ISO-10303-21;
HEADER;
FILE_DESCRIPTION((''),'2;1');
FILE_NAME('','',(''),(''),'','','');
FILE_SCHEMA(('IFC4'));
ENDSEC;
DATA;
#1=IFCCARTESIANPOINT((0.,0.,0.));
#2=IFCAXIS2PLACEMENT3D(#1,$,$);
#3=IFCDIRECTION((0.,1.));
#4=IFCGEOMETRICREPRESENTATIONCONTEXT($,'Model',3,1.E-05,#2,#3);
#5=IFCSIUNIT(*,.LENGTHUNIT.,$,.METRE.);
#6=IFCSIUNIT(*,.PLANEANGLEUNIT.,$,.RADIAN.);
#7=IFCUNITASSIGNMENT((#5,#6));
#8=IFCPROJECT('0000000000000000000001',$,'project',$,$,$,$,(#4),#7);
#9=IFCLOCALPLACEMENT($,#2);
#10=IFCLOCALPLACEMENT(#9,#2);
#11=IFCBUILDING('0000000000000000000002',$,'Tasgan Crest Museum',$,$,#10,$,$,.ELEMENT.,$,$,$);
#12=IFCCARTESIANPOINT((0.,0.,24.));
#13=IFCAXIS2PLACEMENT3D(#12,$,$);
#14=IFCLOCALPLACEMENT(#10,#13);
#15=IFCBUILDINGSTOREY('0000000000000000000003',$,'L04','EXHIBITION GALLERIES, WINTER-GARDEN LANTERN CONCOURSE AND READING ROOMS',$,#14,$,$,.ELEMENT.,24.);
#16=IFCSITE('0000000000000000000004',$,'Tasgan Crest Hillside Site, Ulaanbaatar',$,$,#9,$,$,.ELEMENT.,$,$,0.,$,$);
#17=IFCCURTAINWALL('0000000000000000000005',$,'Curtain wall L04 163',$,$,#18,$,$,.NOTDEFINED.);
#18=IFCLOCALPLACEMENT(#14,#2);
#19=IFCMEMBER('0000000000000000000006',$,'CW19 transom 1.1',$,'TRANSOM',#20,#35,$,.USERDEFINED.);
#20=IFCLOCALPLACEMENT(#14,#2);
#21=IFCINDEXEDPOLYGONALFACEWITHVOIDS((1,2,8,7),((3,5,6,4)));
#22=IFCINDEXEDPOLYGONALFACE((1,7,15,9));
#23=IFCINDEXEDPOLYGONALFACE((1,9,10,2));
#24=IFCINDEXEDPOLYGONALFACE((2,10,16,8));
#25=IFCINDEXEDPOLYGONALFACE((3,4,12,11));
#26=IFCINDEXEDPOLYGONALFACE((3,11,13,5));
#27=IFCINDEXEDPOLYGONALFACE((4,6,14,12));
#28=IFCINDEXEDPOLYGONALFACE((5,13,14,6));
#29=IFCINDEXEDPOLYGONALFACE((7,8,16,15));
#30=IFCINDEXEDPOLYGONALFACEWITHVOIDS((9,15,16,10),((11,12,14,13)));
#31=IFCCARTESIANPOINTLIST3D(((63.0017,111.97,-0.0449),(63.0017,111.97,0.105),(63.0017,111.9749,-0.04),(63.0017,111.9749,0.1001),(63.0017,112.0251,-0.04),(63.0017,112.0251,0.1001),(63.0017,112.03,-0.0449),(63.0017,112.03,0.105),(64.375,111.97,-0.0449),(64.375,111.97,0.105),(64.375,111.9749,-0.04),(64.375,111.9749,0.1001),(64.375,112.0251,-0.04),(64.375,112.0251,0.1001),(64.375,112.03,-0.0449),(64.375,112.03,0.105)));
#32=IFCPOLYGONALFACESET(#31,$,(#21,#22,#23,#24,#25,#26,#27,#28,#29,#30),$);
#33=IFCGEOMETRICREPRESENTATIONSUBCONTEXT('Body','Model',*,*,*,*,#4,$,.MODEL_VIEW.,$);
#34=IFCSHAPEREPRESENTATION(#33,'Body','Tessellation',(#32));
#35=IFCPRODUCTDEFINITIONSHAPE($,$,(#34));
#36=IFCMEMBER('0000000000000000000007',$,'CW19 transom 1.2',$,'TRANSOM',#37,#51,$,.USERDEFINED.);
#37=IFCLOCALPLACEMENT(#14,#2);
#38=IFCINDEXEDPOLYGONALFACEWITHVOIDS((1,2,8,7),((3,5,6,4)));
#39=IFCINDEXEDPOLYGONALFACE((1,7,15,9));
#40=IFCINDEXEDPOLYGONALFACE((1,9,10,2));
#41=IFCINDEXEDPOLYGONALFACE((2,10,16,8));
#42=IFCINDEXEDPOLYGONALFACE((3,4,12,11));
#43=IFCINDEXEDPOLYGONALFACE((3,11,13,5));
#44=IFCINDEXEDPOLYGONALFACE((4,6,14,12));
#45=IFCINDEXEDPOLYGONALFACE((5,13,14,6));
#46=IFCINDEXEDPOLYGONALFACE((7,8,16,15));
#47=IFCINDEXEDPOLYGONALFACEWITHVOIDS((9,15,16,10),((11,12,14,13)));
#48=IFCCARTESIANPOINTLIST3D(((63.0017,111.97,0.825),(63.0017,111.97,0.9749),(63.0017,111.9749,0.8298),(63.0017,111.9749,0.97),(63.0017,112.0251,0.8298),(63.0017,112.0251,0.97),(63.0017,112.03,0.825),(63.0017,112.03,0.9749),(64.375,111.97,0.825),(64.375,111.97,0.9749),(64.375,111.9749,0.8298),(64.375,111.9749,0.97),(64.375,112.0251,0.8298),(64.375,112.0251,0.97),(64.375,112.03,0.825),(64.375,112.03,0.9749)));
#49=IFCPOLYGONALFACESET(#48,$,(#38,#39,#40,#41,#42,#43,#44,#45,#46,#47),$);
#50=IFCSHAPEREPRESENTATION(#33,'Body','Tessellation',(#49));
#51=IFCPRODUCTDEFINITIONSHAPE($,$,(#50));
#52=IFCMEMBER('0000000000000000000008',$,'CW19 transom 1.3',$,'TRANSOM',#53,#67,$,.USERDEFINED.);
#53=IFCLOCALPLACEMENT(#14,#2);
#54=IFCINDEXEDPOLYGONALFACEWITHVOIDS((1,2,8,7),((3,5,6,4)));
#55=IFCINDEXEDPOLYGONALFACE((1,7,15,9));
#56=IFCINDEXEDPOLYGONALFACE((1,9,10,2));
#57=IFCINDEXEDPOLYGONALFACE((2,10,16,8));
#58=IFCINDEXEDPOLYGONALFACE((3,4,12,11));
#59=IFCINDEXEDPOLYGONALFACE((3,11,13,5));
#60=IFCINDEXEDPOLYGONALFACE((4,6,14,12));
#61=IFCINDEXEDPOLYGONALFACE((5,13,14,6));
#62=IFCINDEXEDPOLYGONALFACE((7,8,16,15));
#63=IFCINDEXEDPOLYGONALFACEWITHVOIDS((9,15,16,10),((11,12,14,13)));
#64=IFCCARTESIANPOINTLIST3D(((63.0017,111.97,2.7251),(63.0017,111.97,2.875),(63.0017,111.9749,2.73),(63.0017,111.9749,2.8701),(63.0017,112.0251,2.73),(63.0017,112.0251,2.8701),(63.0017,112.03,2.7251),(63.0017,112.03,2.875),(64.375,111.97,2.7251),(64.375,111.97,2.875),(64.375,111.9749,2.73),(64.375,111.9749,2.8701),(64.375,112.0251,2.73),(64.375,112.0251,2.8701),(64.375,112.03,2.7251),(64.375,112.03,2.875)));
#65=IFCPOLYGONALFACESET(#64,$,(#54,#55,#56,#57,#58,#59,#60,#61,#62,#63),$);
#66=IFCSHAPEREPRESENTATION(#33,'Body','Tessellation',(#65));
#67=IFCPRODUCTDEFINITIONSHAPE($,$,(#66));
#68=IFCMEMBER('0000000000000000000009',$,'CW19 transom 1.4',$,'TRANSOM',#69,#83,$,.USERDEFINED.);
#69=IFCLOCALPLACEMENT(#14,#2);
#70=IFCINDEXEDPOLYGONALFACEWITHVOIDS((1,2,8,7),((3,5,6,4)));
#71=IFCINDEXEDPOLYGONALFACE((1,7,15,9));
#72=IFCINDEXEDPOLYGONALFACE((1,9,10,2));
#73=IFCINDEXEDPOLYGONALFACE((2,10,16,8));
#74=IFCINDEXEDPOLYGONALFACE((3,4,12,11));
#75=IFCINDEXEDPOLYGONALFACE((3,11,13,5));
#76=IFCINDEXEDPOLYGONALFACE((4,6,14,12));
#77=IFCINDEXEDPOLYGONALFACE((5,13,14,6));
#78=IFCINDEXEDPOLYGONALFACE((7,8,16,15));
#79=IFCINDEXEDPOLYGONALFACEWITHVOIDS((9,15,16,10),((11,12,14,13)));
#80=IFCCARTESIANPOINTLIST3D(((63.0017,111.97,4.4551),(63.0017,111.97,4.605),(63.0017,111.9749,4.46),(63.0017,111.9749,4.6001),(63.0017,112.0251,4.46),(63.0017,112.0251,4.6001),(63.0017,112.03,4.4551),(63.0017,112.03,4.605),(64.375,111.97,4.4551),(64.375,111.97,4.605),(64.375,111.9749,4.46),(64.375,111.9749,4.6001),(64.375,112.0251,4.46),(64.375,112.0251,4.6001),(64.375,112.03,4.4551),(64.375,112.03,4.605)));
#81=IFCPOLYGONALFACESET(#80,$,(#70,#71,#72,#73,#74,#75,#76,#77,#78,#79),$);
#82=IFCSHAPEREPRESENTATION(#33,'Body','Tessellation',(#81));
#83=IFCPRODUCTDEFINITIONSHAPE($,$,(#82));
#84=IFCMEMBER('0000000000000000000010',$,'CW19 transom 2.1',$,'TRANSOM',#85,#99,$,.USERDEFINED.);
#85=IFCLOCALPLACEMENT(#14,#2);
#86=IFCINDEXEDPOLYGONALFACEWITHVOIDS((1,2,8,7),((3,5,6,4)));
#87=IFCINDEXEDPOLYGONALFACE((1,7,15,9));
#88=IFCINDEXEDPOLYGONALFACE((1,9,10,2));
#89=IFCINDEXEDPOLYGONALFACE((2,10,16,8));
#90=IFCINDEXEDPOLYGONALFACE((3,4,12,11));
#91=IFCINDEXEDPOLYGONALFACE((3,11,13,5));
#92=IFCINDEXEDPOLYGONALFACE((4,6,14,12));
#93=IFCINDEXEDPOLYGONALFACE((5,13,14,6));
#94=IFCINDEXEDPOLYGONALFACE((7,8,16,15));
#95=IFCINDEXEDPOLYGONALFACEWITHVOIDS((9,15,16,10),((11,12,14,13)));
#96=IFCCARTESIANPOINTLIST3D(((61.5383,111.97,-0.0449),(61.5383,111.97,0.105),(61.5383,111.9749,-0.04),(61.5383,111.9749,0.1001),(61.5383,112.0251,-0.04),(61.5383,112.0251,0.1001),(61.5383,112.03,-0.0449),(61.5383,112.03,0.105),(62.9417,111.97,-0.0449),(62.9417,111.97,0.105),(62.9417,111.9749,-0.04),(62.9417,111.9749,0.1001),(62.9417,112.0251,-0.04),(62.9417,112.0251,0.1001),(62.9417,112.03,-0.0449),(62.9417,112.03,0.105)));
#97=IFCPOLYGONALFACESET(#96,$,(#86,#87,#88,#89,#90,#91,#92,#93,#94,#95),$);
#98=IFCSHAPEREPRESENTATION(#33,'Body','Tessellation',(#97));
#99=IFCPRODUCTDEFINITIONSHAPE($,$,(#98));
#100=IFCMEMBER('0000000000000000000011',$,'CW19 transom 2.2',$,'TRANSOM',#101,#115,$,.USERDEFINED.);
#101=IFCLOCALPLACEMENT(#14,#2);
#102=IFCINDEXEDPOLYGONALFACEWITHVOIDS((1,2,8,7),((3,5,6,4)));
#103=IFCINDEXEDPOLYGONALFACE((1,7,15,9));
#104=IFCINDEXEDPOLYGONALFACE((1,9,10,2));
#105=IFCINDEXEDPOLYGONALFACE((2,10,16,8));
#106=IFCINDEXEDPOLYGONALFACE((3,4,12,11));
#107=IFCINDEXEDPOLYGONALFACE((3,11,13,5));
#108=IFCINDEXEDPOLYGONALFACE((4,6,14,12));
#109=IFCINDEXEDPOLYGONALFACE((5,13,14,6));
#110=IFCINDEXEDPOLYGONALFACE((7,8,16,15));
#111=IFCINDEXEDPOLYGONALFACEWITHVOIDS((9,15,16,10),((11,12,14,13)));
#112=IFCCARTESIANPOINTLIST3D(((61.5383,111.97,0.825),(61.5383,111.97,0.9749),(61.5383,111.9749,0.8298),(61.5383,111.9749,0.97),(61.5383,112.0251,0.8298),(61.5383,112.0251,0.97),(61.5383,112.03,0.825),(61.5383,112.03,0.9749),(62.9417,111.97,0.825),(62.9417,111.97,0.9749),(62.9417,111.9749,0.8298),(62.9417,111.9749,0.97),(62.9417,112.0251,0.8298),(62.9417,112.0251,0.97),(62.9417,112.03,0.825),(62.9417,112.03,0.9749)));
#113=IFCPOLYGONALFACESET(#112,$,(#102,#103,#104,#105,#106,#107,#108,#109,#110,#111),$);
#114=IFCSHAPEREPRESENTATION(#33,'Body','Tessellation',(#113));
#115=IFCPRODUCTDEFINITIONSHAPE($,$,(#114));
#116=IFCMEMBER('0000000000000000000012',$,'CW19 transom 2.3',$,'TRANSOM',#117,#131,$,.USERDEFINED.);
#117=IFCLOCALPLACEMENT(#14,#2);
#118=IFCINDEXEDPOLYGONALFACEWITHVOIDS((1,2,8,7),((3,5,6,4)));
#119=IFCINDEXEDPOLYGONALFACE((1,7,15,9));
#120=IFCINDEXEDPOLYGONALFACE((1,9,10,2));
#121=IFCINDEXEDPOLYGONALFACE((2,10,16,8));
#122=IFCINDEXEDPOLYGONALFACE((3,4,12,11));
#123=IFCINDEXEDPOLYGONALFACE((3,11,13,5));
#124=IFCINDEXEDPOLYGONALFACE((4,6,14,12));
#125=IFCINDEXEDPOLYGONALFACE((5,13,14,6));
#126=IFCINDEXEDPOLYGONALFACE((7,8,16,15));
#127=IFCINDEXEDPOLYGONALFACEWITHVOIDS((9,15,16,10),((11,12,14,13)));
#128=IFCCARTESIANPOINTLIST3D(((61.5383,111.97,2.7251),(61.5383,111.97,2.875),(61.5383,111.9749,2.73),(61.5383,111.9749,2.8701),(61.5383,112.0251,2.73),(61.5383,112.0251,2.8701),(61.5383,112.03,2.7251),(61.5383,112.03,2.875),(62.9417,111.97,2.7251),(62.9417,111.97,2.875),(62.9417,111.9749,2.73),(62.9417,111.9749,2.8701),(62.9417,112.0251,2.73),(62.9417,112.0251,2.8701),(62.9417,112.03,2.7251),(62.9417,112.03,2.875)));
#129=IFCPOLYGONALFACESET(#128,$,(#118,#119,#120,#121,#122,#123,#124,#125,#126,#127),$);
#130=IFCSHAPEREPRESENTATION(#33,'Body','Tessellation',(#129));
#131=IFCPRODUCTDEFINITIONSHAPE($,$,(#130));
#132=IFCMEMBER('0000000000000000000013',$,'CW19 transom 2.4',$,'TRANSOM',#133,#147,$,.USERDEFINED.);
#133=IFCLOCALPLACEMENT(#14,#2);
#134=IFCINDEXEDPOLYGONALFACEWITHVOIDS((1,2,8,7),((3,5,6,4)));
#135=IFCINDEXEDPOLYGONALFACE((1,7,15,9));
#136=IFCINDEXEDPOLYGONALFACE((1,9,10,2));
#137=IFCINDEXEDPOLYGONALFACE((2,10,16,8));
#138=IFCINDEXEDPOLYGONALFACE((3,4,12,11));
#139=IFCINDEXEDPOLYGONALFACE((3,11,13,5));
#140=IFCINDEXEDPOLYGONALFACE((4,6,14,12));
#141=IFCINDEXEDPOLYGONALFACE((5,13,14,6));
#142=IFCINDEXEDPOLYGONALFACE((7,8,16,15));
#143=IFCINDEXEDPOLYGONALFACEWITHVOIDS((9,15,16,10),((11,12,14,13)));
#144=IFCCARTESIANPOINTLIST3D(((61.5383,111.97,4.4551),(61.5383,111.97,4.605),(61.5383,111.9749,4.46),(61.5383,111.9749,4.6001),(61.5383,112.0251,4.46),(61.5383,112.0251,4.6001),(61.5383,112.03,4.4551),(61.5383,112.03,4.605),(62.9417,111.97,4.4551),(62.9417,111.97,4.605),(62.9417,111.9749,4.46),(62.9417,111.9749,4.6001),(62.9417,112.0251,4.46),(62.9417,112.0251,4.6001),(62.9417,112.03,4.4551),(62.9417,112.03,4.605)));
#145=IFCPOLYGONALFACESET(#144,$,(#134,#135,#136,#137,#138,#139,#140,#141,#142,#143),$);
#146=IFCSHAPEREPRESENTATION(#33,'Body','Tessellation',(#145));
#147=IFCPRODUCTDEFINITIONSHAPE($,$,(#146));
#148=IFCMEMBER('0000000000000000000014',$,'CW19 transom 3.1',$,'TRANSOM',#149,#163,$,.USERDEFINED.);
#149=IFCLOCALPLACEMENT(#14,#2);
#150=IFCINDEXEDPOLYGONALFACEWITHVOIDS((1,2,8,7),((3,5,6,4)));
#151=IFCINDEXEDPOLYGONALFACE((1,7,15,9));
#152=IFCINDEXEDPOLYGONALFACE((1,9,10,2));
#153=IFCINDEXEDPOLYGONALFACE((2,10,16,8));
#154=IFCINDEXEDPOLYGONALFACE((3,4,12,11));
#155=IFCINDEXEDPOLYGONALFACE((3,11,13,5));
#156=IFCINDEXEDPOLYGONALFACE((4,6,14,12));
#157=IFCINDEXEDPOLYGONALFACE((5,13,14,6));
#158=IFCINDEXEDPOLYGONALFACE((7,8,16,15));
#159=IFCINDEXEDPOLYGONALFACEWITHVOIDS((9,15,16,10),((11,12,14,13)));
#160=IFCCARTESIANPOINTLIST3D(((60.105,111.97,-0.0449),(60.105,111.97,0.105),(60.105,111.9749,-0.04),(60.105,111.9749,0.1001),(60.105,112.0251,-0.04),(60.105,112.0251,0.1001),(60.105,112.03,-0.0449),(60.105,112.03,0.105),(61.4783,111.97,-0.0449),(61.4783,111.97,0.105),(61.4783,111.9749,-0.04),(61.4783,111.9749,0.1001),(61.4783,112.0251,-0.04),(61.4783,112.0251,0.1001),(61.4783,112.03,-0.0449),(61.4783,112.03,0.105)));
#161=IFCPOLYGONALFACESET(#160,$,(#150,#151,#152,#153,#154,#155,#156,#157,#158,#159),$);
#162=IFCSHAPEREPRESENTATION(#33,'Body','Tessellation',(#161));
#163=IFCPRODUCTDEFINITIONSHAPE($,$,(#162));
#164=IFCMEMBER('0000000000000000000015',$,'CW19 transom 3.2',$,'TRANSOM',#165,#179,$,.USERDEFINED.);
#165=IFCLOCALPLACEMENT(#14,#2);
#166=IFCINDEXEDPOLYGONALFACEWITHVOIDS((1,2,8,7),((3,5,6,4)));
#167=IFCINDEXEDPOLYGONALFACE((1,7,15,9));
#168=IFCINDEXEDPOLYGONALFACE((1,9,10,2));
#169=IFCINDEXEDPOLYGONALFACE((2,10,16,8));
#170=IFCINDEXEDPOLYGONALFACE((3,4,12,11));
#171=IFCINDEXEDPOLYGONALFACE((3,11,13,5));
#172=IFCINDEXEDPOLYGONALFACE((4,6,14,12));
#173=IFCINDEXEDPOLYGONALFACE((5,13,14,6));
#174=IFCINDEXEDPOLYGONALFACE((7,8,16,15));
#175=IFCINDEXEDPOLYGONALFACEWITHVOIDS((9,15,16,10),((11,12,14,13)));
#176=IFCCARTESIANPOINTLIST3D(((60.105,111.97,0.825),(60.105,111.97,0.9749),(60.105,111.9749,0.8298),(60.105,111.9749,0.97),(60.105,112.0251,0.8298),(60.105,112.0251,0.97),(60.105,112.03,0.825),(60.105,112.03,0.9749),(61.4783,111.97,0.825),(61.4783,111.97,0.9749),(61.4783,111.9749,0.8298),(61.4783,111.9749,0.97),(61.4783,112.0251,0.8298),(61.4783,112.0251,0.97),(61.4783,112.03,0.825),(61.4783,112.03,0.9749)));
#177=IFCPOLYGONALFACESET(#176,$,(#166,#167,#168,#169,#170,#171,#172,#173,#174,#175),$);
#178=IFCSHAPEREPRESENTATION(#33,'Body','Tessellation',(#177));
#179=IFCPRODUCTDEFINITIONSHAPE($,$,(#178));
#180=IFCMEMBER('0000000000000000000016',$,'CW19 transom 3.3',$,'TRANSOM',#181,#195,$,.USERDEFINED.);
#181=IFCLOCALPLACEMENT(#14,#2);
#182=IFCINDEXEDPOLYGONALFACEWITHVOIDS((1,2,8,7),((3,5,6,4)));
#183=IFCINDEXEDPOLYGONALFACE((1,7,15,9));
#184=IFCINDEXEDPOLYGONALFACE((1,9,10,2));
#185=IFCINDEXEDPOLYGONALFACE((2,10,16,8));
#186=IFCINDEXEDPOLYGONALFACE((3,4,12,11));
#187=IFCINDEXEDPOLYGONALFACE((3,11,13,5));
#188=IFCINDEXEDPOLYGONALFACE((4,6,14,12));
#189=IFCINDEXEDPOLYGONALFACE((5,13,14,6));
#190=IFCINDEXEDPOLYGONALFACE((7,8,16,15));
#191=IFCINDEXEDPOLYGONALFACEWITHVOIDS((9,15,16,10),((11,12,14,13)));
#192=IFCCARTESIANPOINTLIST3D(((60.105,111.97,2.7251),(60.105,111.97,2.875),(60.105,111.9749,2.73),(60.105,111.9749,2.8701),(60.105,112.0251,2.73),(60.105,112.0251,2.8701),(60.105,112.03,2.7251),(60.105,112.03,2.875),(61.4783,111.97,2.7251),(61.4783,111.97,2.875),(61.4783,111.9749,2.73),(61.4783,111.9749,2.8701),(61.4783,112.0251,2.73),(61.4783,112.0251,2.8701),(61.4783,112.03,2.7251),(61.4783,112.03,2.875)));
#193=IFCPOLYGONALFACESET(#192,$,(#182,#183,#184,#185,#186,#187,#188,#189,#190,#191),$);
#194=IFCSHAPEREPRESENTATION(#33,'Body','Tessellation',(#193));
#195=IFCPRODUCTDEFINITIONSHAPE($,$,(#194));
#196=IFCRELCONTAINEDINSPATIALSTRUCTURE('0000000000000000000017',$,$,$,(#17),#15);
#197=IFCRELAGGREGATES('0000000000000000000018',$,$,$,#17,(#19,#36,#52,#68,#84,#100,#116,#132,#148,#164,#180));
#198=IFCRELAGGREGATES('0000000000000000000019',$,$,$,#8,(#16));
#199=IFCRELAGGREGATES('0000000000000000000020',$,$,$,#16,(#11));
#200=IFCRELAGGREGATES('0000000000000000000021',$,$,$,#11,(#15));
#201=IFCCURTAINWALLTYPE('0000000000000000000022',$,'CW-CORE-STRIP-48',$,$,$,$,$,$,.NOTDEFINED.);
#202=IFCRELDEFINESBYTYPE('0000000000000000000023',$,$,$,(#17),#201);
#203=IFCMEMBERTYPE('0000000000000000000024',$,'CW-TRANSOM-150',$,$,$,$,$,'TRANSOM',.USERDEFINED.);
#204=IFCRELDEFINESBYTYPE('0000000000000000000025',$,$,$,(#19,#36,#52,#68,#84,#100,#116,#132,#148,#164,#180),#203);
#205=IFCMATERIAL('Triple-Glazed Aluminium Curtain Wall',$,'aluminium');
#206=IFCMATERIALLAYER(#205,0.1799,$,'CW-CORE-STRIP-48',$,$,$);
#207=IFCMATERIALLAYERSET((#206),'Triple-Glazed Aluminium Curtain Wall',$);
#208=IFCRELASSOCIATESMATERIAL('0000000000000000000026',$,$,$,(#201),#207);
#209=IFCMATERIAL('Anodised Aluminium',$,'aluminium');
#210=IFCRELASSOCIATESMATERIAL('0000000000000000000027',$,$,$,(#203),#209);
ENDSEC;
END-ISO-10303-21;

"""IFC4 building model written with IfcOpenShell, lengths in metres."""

from ifc_helpers import new_model, si_unit, direction, frame, origin, origin_2d, place, context, subcontext, project, spatial, hollow_rectangle, extrude, material, layer, layer_set, material_profile, profile_set, type_object, element, aggregate, save


model = new_model("IFC4")

# Units and contexts
model_context = context("Model", 3, precision=1e-05, world=origin(), true_north=direction((0.0, 1.0)))
body_context = subcontext(model_context, "Body", "Model", "MODEL_VIEW")
ifc_project = project(units=[si_unit("LENGTHUNIT", "METRE"), si_unit("PLANEANGLEUNIT", "RADIAN")], contexts=[model_context])

# Site, building, storey
site_placement = place(None, origin())
site = spatial("IfcSite", under=ifc_project, at=site_placement, Name="Tasgan Crest Hillside Site, Ulaanbaatar", CompositionType="ELEMENT", RefElevation=0.0)
building_placement = place(site_placement, origin())
building = spatial("IfcBuilding", under=site, at=building_placement, Name="Tasgan Crest Museum", CompositionType="ELEMENT")
storey_placement = place(building_placement, frame((0.0, 0.0, 24.0)))
storey = spatial("IfcBuildingStorey", under=building, at=storey_placement, Name="L04", Description="EXHIBITION GALLERIES, WINTER-GARDEN LANTERN CONCOURSE AND READING ROOMS", CompositionType="ELEMENT", Elevation=24.0)

# Curtain wall, members
ifc_material_1 = material(Name="Triple-Glazed Aluminium Curtain Wall", Category="aluminium")
ifc_layer_1 = layer(ifc_material_1, 0.1799, Name="CW-CORE-STRIP-48")
ifc_layer_set_1 = layer_set([ifc_layer_1], Name="Triple-Glazed Aluminium Curtain Wall")
curtain_wall_type = type_object("IfcCurtainWallType", Name="CW-CORE-STRIP-48", PredefinedType="NOTDEFINED", material=ifc_layer_set_1)
curtain_wall_placement = place(storey_placement, origin())
curtain_wall = element("IfcCurtainWall", 1, at=curtain_wall_placement, inside=storey, type_object=curtain_wall_type, Name="Curtain wall L04 163", PredefinedType="NOTDEFINED")
ifc_material_2 = material(Name="Anodised Aluminium", Category="aluminium")
ifc_material_profile_1 = material_profile(ifc_material_2, hollow_rectangle(XDim=0.0601, YDim=0.1499, WallThickness=0.0049, at=origin_2d()), Name="ALU TRANSOM 150x60x5")
ifc_profile_set_1 = profile_set([ifc_material_profile_1], Name="Anodised Aluminium")
member_type_1 = type_object("IfcMemberType", Name="CW-TRANSOM-150", ElementType="TRANSOM", PredefinedType="USERDEFINED", material=ifc_profile_set_1)
member_1_placement = place(storey_placement, frame((64.375, 112.0, 0.03), z_axis=(-1.0, 0.0, 0.0), x_axis=(0.0, -1.0, 0.0)))
member_1 = element("IfcMember", 2, at=member_1_placement, type_object=member_type_1, Name="CW19 transom 1.1", ObjectType="TRANSOM", PredefinedType="USERDEFINED", context=body_context, shape_type="SweptSolid", body=[
    extrude(hollow_rectangle(XDim=0.0601, YDim=0.1499, WallThickness=0.0049, at=origin_2d()), origin(), (0.0, 0.0, 1.0), 1.3733),
])
member_2_placement = place(storey_placement, frame((64.375, 112.0, 0.8999), z_axis=(-1.0, 0.0, 0.0), x_axis=(0.0, -1.0, 0.0)))
member_2 = element("IfcMember", 3, at=member_2_placement, type_object=member_type_1, Name="CW19 transom 1.2", ObjectType="TRANSOM", PredefinedType="USERDEFINED", context=body_context, shape_type="SweptSolid", body=[
    extrude(hollow_rectangle(XDim=0.0601, YDim=0.1499, WallThickness=0.0049, at=origin_2d()), origin(), (0.0, 0.0, 1.0), 1.3733),
])
member_3_placement = place(storey_placement, frame((64.375, 112.0, 2.8), z_axis=(-1.0, 0.0, 0.0), x_axis=(0.0, -1.0, 0.0)))
member_3 = element("IfcMember", 4, at=member_3_placement, type_object=member_type_1, Name="CW19 transom 1.3", ObjectType="TRANSOM", PredefinedType="USERDEFINED", context=body_context, shape_type="SweptSolid", body=[
    extrude(hollow_rectangle(XDim=0.0601, YDim=0.1499, WallThickness=0.0049, at=origin_2d()), origin(), (0.0, 0.0, 1.0), 1.3733),
])
member_4_placement = place(storey_placement, frame((64.375, 112.0, 4.53), z_axis=(-1.0, 0.0, 0.0), x_axis=(0.0, -1.0, 0.0)))
member_4 = element("IfcMember", 5, at=member_4_placement, type_object=member_type_1, Name="CW19 transom 1.4", ObjectType="TRANSOM", PredefinedType="USERDEFINED", context=body_context, shape_type="SweptSolid", body=[
    extrude(hollow_rectangle(XDim=0.0601, YDim=0.1499, WallThickness=0.0049, at=origin_2d()), origin(), (0.0, 0.0, 1.0), 1.3733),
])
member_5_placement = place(storey_placement, frame((62.9417, 112.0, 0.03), z_axis=(-1.0, 0.0, 0.0), x_axis=(0.0, -1.0, 0.0)))
member_5 = element("IfcMember", 6, at=member_5_placement, type_object=member_type_1, Name="CW19 transom 2.1", ObjectType="TRANSOM", PredefinedType="USERDEFINED", context=body_context, shape_type="SweptSolid", body=[
    extrude(hollow_rectangle(XDim=0.0601, YDim=0.1499, WallThickness=0.0049, at=origin_2d()), origin(), (0.0, 0.0, 1.0), 1.4033),
])
member_6_placement = place(storey_placement, frame((62.9417, 112.0, 0.8999), z_axis=(-1.0, 0.0, 0.0), x_axis=(0.0, -1.0, 0.0)))
member_6 = element("IfcMember", 7, at=member_6_placement, type_object=member_type_1, Name="CW19 transom 2.2", ObjectType="TRANSOM", PredefinedType="USERDEFINED", context=body_context, shape_type="SweptSolid", body=[
    extrude(hollow_rectangle(XDim=0.0601, YDim=0.1499, WallThickness=0.0049, at=origin_2d()), origin(), (0.0, 0.0, 1.0), 1.4033),
])
member_7_placement = place(storey_placement, frame((62.9417, 112.0, 2.8), z_axis=(-1.0, 0.0, 0.0), x_axis=(0.0, -1.0, 0.0)))
member_7 = element("IfcMember", 8, at=member_7_placement, type_object=member_type_1, Name="CW19 transom 2.3", ObjectType="TRANSOM", PredefinedType="USERDEFINED", context=body_context, shape_type="SweptSolid", body=[
    extrude(hollow_rectangle(XDim=0.0601, YDim=0.1499, WallThickness=0.0049, at=origin_2d()), origin(), (0.0, 0.0, 1.0), 1.4033),
])
member_8_placement = place(storey_placement, frame((62.9417, 112.0, 4.53), z_axis=(-1.0, 0.0, 0.0), x_axis=(0.0, -1.0, 0.0)))
member_8 = element("IfcMember", 9, at=member_8_placement, type_object=member_type_1, Name="CW19 transom 2.4", ObjectType="TRANSOM", PredefinedType="USERDEFINED", context=body_context, shape_type="SweptSolid", body=[
    extrude(hollow_rectangle(XDim=0.0601, YDim=0.1499, WallThickness=0.0049, at=origin_2d()), origin(), (0.0, 0.0, 1.0), 1.4033),
])
member_9_placement = place(storey_placement, frame((61.4783, 112.0, 0.03), z_axis=(-1.0, 0.0, 0.0), x_axis=(0.0, -1.0, 0.0)))
member_9 = element("IfcMember", 10, at=member_9_placement, type_object=member_type_1, Name="CW19 transom 3.1", ObjectType="TRANSOM", PredefinedType="USERDEFINED", context=body_context, shape_type="SweptSolid", body=[
    extrude(hollow_rectangle(XDim=0.0601, YDim=0.1499, WallThickness=0.0049, at=origin_2d()), origin(), (0.0, 0.0, 1.0), 1.3733),
])
member_10_placement = place(storey_placement, frame((61.4783, 112.0, 0.8999), z_axis=(-1.0, 0.0, 0.0), x_axis=(0.0, -1.0, 0.0)))
member_10 = element("IfcMember", 11, at=member_10_placement, type_object=member_type_1, Name="CW19 transom 3.2", ObjectType="TRANSOM", PredefinedType="USERDEFINED", context=body_context, shape_type="SweptSolid", body=[
    extrude(hollow_rectangle(XDim=0.0601, YDim=0.1499, WallThickness=0.0049, at=origin_2d()), origin(), (0.0, 0.0, 1.0), 1.3733),
])
member_11_placement = place(storey_placement, frame((61.4783, 112.0, 2.8), z_axis=(-1.0, 0.0, 0.0), x_axis=(0.0, -1.0, 0.0)))
member_11 = element("IfcMember", 12, at=member_11_placement, type_object=member_type_1, Name="CW19 transom 3.3", ObjectType="TRANSOM", PredefinedType="USERDEFINED", context=body_context, shape_type="SweptSolid", body=[
    extrude(hollow_rectangle(XDim=0.0601, YDim=0.1499, WallThickness=0.0049, at=origin_2d()), origin(), (0.0, 0.0, 1.0), 1.3733),
])

aggregate(curtain_wall, [member_1, member_2, member_3, member_4, member_5, member_6, member_7, member_8, member_9, member_10, member_11])

save(model, "model.ifc")
